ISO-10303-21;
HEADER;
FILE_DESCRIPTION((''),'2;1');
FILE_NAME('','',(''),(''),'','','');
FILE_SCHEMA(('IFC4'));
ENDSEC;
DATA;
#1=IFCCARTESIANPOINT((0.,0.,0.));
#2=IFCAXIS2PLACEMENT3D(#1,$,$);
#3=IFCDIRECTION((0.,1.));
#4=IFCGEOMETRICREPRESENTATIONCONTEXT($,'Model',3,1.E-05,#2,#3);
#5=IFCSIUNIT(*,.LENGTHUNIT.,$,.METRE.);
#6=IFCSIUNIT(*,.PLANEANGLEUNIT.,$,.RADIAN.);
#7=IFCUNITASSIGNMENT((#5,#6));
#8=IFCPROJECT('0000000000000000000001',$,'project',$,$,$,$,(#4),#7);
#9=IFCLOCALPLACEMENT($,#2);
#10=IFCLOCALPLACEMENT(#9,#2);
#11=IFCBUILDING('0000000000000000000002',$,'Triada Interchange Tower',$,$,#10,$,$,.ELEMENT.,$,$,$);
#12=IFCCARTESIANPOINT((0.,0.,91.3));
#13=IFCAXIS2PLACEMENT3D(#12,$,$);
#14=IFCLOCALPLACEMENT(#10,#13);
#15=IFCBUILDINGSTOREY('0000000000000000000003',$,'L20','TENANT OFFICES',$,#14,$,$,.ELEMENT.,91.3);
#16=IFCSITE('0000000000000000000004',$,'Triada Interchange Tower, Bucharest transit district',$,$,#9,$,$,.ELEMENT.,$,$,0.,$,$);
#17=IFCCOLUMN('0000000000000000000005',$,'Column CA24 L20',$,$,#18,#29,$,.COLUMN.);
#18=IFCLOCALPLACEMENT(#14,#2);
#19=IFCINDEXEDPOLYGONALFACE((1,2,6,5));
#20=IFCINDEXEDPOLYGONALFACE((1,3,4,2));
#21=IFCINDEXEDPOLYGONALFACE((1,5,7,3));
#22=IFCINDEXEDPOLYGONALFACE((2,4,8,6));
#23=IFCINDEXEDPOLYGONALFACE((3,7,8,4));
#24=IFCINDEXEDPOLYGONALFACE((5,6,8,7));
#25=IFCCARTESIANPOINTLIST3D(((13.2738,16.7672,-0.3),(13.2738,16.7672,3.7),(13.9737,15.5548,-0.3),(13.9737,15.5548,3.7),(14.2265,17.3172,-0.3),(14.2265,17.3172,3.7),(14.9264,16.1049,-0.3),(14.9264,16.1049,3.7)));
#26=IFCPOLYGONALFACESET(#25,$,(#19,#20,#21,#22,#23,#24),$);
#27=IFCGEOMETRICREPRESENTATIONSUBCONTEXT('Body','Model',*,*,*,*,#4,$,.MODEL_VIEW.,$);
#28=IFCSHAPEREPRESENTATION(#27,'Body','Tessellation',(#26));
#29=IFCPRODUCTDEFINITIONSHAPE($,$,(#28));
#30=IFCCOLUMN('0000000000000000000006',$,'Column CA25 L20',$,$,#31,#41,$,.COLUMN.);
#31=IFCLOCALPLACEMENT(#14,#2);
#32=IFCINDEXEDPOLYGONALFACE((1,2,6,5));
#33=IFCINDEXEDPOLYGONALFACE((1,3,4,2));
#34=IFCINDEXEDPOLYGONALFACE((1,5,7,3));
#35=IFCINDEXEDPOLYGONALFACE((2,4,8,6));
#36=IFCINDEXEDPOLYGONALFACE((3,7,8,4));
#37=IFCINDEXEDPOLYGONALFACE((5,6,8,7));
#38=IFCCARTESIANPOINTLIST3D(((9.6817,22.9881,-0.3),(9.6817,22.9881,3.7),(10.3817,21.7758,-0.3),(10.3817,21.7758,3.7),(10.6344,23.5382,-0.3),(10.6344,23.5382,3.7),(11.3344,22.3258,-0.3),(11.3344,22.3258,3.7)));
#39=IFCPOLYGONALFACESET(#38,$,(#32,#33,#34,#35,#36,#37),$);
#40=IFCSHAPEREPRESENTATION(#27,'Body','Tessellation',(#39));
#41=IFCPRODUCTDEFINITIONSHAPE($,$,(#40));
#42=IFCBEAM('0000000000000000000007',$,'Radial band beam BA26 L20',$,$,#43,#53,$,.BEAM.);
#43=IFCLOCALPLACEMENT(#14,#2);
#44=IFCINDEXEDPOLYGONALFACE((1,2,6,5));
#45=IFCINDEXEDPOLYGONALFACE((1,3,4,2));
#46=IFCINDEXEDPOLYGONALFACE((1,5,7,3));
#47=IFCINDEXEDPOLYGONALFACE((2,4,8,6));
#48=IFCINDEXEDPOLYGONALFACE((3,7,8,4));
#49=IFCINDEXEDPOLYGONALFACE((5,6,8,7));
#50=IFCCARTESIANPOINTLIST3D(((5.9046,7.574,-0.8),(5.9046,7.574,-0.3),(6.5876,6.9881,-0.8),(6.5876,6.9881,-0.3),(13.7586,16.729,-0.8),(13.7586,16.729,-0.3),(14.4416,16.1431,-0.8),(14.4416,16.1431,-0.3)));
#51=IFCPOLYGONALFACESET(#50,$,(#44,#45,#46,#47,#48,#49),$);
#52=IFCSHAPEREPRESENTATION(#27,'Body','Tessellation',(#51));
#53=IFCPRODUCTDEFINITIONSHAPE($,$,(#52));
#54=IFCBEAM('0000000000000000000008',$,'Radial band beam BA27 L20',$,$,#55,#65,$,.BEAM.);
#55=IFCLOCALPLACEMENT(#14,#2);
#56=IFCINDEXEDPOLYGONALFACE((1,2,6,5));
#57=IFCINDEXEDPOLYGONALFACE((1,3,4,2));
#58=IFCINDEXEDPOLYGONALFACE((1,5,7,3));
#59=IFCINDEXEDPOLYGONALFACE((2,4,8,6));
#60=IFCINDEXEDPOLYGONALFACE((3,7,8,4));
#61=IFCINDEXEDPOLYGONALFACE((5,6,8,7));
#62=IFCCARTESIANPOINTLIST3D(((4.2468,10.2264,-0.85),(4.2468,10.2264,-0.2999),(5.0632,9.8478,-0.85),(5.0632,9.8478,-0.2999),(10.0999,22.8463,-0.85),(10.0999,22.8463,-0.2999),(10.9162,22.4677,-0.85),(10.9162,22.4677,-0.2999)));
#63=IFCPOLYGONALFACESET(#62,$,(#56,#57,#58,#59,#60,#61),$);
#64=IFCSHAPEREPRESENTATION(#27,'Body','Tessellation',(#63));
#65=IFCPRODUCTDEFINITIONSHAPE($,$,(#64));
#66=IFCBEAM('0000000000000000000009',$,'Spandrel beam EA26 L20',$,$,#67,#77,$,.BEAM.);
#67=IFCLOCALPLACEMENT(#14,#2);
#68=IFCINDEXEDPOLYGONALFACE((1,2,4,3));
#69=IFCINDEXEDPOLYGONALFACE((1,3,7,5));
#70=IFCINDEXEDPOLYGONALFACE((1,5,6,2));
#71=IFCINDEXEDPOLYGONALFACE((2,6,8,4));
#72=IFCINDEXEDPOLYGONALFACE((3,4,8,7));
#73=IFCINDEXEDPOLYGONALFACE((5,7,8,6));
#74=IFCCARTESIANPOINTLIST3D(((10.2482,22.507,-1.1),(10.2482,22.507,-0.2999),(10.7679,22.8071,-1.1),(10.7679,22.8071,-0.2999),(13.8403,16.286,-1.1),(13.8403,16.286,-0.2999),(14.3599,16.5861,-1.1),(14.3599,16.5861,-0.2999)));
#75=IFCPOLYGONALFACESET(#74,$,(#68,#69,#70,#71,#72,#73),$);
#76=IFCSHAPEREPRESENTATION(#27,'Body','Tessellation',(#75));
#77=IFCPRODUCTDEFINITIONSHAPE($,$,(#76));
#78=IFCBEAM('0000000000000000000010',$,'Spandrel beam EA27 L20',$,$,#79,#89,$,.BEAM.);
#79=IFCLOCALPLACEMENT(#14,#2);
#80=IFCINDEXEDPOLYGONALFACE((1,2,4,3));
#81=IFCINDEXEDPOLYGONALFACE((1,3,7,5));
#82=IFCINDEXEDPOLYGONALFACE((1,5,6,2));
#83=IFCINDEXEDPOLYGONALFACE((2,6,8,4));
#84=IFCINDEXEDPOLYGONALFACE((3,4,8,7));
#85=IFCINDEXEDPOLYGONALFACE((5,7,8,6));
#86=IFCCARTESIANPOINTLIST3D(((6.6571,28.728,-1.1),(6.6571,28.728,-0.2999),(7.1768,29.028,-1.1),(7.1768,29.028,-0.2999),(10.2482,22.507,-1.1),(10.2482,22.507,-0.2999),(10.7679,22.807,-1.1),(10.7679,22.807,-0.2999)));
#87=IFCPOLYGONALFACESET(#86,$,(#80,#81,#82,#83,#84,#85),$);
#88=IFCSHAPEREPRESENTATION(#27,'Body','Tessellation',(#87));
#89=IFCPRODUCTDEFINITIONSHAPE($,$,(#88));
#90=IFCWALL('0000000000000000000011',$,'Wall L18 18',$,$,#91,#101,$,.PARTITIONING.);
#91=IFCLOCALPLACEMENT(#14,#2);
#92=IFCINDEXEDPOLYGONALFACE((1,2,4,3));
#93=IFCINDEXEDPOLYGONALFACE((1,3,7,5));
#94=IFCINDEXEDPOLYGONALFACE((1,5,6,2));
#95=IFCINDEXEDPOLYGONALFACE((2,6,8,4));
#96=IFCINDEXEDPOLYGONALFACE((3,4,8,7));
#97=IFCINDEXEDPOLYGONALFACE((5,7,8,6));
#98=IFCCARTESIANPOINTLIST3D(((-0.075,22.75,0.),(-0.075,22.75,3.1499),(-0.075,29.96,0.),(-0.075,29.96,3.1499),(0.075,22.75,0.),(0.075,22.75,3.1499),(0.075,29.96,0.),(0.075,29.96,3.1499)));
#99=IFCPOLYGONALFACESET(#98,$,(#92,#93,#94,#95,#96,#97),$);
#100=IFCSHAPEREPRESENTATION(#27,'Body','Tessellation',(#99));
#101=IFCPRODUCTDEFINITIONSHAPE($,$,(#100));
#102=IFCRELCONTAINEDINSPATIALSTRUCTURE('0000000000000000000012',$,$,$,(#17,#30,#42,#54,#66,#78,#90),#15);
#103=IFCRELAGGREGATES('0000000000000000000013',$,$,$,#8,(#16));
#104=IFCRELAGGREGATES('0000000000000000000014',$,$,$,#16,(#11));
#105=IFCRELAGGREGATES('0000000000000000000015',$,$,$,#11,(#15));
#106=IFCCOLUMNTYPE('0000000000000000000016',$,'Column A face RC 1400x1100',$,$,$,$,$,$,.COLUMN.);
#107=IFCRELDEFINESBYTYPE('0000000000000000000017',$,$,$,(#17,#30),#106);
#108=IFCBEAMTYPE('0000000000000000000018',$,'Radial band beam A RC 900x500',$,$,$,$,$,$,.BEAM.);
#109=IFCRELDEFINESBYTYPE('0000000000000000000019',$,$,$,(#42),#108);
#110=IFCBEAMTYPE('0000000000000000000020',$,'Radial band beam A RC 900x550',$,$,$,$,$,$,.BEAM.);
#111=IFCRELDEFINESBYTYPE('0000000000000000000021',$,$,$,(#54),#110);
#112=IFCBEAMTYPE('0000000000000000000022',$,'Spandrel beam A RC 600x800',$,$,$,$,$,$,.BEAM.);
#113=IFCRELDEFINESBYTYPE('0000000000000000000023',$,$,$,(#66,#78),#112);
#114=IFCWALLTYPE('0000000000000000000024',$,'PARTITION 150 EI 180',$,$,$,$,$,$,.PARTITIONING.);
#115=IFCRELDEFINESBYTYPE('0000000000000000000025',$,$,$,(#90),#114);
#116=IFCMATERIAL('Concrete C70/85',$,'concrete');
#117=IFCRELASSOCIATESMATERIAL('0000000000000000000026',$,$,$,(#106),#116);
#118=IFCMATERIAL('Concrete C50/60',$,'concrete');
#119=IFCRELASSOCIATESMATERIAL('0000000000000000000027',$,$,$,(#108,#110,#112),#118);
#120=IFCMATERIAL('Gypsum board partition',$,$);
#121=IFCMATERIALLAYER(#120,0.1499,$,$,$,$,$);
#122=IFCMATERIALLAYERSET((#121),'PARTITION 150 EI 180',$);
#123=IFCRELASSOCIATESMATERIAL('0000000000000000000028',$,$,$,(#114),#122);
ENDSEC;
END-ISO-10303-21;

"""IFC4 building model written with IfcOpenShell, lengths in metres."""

from ifc_helpers import new_model, si_unit, direction, frame, frame_2d, origin, origin_2d, place, context, subcontext, project, spatial, rectangle, extrude, material, layer, layer_set, material_profile, profile_set, type_object, element, save


model = new_model("IFC4")

# Units and contexts
model_context = context("Model", 3, precision=1e-05, world=origin(), true_north=direction((0.0, 1.0)))
body_context = subcontext(model_context, "Body", "Model", "MODEL_VIEW")
ifc_project = project(units=[si_unit("LENGTHUNIT", "METRE"), si_unit("PLANEANGLEUNIT", "RADIAN")], contexts=[model_context])

# Site, building, storey
site_placement = place(None, origin())
site = spatial("IfcSite", under=ifc_project, at=site_placement, Name="Triada Interchange Tower, Bucharest transit district", CompositionType="ELEMENT", RefElevation=0.0)
building_placement = place(site_placement, origin())
building = spatial("IfcBuilding", under=site, at=building_placement, Name="Triada Interchange Tower", CompositionType="ELEMENT")
storey_placement = place(building_placement, frame((0.0, 0.0, 91.3)))
storey = spatial("IfcBuildingStorey", under=building, at=storey_placement, Name="L20", Description="TENANT OFFICES", CompositionType="ELEMENT", Elevation=91.3)

# Columns
ifc_material_1 = material(Name="Concrete C70/85", Category="concrete")
ifc_material_profile_1 = material_profile(ifc_material_1, rectangle(XDim=1.3999, YDim=1.1001, at=origin_2d()), Name="RC 1400x1100")
ifc_profile_set_1 = profile_set([ifc_material_profile_1], Name="Concrete C70/85")
column_type = type_object("IfcColumnType", Name="Column A face RC 1400x1100", PredefinedType="COLUMN", material=ifc_profile_set_1)
for number, where, z_axis, x_axis, name in (
    (1, (14.1001, 16.436, -0.3), (0.0, 0.0, 1.0), (-0.5, 0.866025, 0.0), "Column CA24 L20"),
    (2, (10.5081, 22.657, -0.3), (0.0, 0.0, 1.0), (-0.5, 0.866025, 0.0), "Column CA25 L20"),
):
    element("IfcColumn", number, at=place(storey_placement, frame(where, z_axis=z_axis, x_axis=x_axis)), inside=storey, type_object=column_type, Name=name, PredefinedType="COLUMN", context=body_context, shape_type="SweptSolid", body=[
        extrude(rectangle(XDim=1.3999, YDim=1.1001, at=origin_2d()), origin(), (0.0, 0.0, 1.0), 4.0),
    ])

# Beams
ifc_material_2 = material(Name="Concrete C50/60", Category="concrete")
ifc_material_profile_2 = material_profile(ifc_material_2, rectangle(XDim=0.8999, YDim=0.5, at=origin_2d()), Name="RC 900x500")
ifc_profile_set_2 = profile_set([ifc_material_profile_2], Name="Concrete C50/60")
beam_type_1 = type_object("IfcBeamType", Name="Radial band beam A RC 900x500", PredefinedType="BEAM", material=ifc_profile_set_2)
beam_1_placement = place(storey_placement, frame((14.1001, 16.436, -0.55), z_axis=(-0.651118, -0.758977, 0.0), x_axis=(0.758977, -0.651118, 0.0)))
element("IfcBeam", 3, at=beam_1_placement, inside=storey, type_object=beam_type_1, Name="Radial band beam BA26 L20", PredefinedType="BEAM", context=body_context, shape_type="SweptSolid", body=[
    extrude(rectangle(XDim=0.8999, YDim=0.5, at=origin_2d()), origin(), (0.0, 0.0, 1.0), 12.0623),
])
ifc_material_profile_3 = material_profile(ifc_material_2, rectangle(XDim=0.8999, YDim=0.55, at=origin_2d()), Name="RC 900x550")
ifc_profile_set_3 = profile_set([ifc_material_profile_3], Name="Concrete C50/60")
beam_type_2 = type_object("IfcBeamType", Name="Radial band beam A RC 900x550", PredefinedType="BEAM", material=ifc_profile_set_3)
beam_2_placement = place(storey_placement, frame((10.5081, 22.657, -0.575), z_axis=(-0.420745, -0.907179, 0.0), x_axis=(0.907179, -0.420745, 0.0)))
element("IfcBeam", 4, at=beam_2_placement, inside=storey, type_object=beam_type_2, Name="Radial band beam BA27 L20", PredefinedType="BEAM", context=body_context, shape_type="SweptSolid", body=[
    extrude(rectangle(XDim=0.8999, YDim=0.55, at=origin_2d()), origin(), (0.0, 0.0, 1.0), 13.9111),
])
ifc_material_profile_4 = material_profile(ifc_material_2, rectangle(XDim=0.6001, YDim=0.8, at=origin_2d()), Name="RC 600x800")
ifc_profile_set_4 = profile_set([ifc_material_profile_4], Name="Concrete C50/60")
beam_type_3 = type_object("IfcBeamType", Name="Spandrel beam A RC 600x800", PredefinedType="BEAM", material=ifc_profile_set_4)
beam_3_placement = place(storey_placement, frame((14.1001, 16.436, -0.7), z_axis=(-0.500039, 0.866003, 0.0), x_axis=(-0.866003, -0.500039, 0.0)))
element("IfcBeam", 5, at=beam_3_placement, inside=storey, type_object=beam_type_3, Name="Spandrel beam EA26 L20", PredefinedType="BEAM", context=body_context, shape_type="SweptSolid", body=[
    extrude(rectangle(XDim=0.6001, YDim=0.8, at=origin_2d()), origin(), (0.0, 0.0, 1.0), 7.1836),
])
beam_4_placement = place(storey_placement, frame((10.5081, 22.657, -0.7), z_axis=(-0.499937, 0.866062, 0.0), x_axis=(-0.866062, -0.499937, 0.0)))
element("IfcBeam", 6, at=beam_4_placement, inside=storey, type_object=beam_type_3, Name="Spandrel beam EA27 L20", PredefinedType="BEAM", context=body_context, shape_type="SweptSolid", body=[
    extrude(rectangle(XDim=0.6001, YDim=0.8, at=origin_2d()), origin(), (0.0, 0.0, 1.0), 7.1831),
])

# Wall
ifc_material_3 = material(Name="Gypsum board partition")
ifc_layer_1 = layer(ifc_material_3, 0.1499)
ifc_layer_set_1 = layer_set([ifc_layer_1], Name="PARTITION 150 EI 180")
wall_type_1 = type_object("IfcWallType", Name="PARTITION 150 EI 180", PredefinedType="PARTITIONING", material=ifc_layer_set_1)
wall_1_placement = place(storey_placement, frame((0.0, 22.75, 0.0), z_axis=(0.0, 0.0, 1.0), x_axis=(0.0, 1.0, 0.0)))
element("IfcWall", 7, at=wall_1_placement, inside=storey, type_object=wall_type_1, Name="Wall L18 18", PredefinedType="PARTITIONING", context=body_context, shape_type="SweptSolid", body=[
    extrude(rectangle(XDim=7.21, YDim=0.1499, at=frame_2d((3.605, 0.0))), origin(), (0.0, 0.0, 1.0), 3.1499),
])

save(model, "model.ifc")
